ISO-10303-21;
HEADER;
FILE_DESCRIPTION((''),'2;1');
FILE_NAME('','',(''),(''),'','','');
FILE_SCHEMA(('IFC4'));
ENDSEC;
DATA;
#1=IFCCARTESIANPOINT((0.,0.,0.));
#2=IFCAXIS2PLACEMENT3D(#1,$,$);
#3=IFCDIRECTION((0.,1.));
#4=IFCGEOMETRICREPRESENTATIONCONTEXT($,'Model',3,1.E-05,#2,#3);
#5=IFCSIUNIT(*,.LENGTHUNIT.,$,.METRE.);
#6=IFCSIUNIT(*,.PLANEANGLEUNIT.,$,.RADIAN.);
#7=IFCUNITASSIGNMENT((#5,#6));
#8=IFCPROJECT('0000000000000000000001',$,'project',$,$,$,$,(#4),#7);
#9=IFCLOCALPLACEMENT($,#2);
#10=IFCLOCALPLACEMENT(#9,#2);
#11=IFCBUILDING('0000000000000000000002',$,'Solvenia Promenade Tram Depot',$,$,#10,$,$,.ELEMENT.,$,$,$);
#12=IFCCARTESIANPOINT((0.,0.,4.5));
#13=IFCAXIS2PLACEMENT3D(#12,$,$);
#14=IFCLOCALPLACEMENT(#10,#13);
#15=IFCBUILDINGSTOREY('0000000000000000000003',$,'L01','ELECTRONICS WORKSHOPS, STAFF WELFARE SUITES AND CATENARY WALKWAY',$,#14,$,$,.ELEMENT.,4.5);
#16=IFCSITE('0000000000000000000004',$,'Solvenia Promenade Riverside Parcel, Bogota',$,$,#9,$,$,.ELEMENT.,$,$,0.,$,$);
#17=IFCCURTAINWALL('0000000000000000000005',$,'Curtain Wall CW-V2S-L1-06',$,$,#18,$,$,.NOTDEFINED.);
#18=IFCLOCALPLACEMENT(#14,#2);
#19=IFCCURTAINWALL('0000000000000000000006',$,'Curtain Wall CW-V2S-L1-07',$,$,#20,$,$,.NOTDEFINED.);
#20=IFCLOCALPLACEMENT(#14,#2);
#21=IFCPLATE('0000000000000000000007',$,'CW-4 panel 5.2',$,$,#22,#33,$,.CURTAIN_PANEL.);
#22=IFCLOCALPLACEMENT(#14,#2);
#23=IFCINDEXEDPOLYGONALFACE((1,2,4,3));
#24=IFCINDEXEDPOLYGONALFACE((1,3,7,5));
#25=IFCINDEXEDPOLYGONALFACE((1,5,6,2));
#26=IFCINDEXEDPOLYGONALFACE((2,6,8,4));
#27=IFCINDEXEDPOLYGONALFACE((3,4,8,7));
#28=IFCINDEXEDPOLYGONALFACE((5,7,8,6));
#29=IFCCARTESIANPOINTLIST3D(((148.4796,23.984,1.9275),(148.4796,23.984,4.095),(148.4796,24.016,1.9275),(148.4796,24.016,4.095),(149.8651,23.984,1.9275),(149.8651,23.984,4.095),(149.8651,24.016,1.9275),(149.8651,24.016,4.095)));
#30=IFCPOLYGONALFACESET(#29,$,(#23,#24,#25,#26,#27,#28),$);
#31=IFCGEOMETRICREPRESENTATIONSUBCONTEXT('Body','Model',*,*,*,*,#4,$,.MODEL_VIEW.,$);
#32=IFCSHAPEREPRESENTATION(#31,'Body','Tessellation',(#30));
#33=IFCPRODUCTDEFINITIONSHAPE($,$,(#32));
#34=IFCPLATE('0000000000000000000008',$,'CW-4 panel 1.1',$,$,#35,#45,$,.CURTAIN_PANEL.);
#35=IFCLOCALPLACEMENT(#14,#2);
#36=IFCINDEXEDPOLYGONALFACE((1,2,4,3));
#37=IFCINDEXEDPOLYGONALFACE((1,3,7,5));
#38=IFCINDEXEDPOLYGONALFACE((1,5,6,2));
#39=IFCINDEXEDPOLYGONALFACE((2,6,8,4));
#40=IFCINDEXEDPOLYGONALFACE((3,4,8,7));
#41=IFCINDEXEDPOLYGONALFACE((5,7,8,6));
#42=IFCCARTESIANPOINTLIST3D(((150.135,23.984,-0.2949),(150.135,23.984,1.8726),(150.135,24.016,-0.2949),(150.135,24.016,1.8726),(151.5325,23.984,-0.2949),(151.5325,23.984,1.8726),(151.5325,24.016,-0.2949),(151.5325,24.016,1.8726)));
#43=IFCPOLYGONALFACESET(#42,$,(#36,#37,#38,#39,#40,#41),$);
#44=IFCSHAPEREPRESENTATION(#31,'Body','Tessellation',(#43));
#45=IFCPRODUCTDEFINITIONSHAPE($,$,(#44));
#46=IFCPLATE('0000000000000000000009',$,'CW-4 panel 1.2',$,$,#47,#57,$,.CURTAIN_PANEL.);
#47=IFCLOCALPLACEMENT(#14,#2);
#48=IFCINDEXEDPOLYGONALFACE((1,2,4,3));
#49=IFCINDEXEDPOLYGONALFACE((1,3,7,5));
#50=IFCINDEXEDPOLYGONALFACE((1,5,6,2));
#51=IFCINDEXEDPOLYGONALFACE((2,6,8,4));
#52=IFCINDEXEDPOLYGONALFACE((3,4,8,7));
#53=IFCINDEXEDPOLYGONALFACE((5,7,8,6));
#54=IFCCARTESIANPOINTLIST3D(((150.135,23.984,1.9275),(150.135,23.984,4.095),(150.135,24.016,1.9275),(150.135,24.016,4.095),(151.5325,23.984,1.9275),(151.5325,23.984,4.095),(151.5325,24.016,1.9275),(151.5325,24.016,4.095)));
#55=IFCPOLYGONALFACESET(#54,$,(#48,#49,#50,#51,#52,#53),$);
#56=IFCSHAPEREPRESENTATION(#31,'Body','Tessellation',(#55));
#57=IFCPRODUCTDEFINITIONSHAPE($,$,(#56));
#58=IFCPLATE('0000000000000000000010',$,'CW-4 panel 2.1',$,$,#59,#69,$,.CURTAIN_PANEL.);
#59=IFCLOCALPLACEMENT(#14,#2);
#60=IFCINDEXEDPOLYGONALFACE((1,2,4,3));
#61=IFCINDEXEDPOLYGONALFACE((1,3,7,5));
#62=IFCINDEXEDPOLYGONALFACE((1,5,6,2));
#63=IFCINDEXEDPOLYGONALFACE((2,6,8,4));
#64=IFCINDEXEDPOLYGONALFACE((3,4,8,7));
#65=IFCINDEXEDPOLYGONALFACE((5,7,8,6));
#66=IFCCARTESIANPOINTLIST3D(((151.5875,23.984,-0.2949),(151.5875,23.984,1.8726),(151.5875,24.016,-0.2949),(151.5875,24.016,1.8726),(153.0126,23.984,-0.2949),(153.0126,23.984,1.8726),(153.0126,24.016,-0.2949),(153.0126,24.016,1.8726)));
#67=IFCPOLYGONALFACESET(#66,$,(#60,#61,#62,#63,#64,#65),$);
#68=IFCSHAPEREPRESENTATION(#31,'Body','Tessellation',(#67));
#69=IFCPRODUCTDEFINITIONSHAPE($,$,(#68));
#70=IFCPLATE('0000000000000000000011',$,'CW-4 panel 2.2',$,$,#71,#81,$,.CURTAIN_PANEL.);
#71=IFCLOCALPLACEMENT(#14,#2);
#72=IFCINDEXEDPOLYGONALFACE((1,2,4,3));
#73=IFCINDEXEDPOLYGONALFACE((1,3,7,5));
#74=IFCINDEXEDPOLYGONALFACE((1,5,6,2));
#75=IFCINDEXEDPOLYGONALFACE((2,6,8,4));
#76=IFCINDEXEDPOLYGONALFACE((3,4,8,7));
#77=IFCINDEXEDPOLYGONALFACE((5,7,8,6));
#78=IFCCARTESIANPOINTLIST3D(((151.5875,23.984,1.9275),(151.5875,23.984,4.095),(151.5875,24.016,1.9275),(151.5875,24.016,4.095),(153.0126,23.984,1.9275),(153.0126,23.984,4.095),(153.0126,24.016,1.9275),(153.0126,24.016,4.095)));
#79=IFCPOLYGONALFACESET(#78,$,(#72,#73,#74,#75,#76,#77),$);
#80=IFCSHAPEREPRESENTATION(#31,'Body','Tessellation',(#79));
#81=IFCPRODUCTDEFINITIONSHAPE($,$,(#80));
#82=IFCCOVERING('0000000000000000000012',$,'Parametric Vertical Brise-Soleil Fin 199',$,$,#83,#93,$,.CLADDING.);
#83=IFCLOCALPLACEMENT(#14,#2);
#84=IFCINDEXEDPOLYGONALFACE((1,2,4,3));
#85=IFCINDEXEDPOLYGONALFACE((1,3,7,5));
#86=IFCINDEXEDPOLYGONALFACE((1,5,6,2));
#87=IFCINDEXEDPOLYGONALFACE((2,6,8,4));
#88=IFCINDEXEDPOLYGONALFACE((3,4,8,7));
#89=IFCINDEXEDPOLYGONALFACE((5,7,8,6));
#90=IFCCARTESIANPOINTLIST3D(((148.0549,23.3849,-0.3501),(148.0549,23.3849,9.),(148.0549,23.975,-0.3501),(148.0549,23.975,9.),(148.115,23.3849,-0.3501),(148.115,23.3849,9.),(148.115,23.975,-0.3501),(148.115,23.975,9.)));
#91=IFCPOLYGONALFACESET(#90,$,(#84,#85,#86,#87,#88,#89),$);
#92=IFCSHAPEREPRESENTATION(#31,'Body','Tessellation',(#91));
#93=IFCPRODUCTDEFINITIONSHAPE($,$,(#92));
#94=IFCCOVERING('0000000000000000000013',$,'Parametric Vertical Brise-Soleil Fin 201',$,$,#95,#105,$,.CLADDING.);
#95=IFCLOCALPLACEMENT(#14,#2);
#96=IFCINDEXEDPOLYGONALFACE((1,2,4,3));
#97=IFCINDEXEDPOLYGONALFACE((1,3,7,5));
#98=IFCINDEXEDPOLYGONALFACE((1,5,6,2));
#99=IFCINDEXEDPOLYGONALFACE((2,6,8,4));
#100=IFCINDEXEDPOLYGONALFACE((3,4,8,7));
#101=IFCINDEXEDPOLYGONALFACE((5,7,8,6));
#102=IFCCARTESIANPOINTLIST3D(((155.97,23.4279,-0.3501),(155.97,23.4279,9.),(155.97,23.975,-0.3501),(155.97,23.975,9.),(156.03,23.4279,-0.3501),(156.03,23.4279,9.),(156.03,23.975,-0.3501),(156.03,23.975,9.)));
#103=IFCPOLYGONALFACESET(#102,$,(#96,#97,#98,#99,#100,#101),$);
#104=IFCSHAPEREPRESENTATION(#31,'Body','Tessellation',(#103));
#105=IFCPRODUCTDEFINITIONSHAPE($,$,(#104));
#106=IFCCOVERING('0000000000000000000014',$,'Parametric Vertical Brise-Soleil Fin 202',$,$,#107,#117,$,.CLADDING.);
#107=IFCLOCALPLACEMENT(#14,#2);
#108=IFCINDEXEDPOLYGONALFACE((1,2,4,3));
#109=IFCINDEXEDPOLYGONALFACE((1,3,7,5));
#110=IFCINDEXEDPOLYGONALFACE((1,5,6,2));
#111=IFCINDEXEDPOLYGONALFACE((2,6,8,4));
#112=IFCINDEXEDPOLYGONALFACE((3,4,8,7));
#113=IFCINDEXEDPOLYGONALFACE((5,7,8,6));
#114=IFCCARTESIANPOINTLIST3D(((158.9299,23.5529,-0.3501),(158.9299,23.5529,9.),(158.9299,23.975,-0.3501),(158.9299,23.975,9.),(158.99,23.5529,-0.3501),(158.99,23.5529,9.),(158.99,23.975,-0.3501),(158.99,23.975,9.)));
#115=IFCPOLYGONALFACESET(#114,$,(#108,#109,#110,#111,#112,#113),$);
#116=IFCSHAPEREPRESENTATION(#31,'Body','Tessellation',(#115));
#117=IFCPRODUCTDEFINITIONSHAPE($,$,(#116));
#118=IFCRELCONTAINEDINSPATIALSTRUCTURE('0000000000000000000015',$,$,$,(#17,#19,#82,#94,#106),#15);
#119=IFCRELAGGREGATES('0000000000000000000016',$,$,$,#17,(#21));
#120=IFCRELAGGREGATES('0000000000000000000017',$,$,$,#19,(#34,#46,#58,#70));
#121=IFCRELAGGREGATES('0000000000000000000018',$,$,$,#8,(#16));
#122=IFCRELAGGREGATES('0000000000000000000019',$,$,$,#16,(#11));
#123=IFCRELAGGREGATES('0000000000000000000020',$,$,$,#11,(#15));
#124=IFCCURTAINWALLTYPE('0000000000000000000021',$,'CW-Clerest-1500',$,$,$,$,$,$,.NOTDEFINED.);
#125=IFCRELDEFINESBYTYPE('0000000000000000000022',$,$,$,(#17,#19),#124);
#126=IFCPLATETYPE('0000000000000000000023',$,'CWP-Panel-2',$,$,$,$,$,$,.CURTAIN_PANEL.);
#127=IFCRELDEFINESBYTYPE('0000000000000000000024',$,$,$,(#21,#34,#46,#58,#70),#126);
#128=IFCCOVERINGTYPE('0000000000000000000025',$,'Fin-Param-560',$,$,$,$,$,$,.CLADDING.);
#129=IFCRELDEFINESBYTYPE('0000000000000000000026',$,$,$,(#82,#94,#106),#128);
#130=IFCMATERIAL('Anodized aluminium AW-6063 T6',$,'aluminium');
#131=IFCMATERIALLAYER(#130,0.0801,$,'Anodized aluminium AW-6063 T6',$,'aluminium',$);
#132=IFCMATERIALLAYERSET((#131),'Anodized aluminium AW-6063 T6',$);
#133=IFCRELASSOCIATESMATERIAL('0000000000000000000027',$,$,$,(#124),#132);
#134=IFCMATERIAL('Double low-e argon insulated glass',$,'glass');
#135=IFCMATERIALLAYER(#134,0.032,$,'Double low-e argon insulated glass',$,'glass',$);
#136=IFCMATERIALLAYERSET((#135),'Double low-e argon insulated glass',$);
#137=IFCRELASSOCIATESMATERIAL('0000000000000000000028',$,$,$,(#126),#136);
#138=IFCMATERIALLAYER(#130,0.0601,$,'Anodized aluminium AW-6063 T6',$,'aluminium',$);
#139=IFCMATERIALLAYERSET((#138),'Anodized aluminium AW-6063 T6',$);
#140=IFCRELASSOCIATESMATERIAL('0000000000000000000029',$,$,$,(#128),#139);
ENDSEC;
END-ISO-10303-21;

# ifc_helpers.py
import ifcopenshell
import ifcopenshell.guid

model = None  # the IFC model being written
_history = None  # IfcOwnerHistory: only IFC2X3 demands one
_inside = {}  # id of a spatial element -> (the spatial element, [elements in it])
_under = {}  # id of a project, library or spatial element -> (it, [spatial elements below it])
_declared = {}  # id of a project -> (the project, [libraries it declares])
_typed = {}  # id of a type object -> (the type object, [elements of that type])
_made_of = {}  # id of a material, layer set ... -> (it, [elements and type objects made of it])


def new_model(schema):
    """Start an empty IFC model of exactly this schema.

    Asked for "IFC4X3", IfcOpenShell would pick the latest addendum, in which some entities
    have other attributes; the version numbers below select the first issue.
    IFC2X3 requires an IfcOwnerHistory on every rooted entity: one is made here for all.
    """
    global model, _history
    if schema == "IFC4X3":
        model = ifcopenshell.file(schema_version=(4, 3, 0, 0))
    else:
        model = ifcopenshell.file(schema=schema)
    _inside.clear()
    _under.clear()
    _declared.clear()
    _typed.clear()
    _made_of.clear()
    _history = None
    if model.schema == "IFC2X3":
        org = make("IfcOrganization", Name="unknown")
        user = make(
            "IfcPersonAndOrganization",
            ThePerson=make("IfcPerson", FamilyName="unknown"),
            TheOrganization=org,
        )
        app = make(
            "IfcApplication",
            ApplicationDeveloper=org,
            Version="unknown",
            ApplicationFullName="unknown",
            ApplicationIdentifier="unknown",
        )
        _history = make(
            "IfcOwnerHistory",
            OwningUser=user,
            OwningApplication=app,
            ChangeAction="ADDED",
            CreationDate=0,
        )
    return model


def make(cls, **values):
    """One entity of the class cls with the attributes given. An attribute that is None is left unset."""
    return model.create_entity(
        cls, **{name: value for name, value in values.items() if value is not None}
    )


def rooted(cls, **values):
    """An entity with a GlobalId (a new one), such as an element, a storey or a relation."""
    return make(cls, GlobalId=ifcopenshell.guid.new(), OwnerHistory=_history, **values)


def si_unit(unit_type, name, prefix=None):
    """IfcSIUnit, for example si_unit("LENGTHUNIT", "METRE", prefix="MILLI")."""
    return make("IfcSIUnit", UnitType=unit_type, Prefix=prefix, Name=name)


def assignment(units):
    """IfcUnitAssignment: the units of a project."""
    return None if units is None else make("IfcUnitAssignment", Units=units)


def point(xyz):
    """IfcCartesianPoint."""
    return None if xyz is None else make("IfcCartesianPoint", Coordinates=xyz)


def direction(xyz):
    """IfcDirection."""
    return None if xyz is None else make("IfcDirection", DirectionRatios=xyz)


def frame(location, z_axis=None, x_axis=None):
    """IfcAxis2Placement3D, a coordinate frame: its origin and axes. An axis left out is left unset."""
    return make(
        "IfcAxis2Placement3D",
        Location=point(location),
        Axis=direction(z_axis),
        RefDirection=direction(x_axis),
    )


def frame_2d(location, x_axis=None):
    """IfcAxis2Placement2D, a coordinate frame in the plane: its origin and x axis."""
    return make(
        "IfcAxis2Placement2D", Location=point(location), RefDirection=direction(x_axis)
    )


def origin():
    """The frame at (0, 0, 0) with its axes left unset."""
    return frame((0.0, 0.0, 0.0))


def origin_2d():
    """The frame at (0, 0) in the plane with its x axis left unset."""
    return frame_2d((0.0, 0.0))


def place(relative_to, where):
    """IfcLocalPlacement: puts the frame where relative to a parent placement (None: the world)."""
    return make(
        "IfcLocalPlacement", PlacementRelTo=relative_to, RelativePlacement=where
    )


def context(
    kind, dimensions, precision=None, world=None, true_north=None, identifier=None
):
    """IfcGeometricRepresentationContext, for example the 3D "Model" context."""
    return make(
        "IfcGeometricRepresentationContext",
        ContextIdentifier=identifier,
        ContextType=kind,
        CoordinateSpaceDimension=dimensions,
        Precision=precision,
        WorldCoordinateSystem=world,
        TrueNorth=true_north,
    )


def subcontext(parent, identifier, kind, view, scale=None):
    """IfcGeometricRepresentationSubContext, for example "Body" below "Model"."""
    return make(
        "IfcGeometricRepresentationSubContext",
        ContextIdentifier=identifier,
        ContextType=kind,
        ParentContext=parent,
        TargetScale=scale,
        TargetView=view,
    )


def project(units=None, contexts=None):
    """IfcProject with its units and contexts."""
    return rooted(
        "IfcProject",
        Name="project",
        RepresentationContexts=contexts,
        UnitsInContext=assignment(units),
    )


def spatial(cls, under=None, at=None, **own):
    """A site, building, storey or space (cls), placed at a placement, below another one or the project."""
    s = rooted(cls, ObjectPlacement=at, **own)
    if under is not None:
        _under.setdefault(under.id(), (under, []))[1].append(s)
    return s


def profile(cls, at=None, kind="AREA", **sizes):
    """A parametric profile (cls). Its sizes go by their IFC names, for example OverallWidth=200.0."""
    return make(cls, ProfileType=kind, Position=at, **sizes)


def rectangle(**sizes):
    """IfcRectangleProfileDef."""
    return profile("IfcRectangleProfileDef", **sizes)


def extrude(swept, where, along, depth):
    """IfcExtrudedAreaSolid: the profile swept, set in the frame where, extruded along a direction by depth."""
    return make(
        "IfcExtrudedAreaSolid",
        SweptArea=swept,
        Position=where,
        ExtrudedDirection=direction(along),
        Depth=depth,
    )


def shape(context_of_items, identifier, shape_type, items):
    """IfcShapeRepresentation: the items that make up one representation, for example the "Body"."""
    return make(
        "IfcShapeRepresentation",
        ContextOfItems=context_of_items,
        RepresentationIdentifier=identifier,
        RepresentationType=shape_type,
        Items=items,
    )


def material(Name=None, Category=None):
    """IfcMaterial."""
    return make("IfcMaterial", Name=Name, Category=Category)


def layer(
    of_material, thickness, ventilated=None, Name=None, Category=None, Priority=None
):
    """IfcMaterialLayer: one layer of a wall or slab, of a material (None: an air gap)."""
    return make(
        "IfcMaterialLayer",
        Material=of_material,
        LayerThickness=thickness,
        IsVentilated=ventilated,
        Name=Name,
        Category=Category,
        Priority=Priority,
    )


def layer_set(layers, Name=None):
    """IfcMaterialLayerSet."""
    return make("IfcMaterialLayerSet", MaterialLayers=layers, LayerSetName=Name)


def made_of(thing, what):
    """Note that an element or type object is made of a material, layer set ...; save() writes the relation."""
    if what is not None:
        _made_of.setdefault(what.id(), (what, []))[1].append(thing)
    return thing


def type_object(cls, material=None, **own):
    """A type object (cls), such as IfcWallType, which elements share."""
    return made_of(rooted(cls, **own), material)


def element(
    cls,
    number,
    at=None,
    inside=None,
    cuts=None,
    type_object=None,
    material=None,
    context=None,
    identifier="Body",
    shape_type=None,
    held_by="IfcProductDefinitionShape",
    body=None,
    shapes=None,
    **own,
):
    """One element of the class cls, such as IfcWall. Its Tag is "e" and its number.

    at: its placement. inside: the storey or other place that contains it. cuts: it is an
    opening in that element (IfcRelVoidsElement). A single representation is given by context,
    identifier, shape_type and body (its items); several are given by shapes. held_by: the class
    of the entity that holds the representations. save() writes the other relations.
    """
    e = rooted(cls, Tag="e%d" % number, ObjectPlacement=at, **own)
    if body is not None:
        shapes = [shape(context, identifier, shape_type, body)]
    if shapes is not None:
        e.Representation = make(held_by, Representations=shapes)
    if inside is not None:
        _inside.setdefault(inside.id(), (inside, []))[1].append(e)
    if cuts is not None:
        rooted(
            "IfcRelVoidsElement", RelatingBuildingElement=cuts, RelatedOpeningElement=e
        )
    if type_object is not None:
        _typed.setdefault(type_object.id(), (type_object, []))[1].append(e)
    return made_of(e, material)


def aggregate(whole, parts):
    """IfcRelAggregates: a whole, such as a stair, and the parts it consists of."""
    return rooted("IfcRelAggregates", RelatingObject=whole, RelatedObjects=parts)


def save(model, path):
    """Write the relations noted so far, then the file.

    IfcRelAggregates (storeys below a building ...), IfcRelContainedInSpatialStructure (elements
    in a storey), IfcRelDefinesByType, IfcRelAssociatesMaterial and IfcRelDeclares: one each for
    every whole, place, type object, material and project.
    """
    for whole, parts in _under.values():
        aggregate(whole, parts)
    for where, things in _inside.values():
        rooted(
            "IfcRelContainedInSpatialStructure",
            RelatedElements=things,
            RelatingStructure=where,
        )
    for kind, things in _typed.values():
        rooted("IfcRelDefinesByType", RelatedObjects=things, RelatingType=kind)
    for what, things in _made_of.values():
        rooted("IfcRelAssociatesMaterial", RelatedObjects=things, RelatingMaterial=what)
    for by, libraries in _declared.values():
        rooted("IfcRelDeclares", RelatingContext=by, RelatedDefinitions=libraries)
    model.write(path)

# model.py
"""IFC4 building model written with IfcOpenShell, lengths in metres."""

from ifc_helpers import new_model, si_unit, direction, frame, origin, origin_2d, place, context, subcontext, project, spatial, rectangle, extrude, material, layer, layer_set, type_object, element, aggregate, save


model = new_model("IFC4")

# Units and contexts
model_context = context("Model", 3, precision=1e-05, world=origin(), true_north=direction((0.0, 1.0)))
body_context = subcontext(model_context, "Body", "Model", "MODEL_VIEW")
ifc_project = project(units=[si_unit("LENGTHUNIT", "METRE"), si_unit("PLANEANGLEUNIT", "RADIAN")], contexts=[model_context])

# Site, building, storey
site_placement = place(None, origin())
site = spatial("IfcSite", under=ifc_project, at=site_placement, Name="Solvenia Promenade Riverside Parcel, Bogota", CompositionType="ELEMENT", RefElevation=0.0)
building_placement = place(site_placement, origin())
building = spatial("IfcBuilding", under=site, at=building_placement, Name="Solvenia Promenade Tram Depot", CompositionType="ELEMENT")
storey_placement = place(building_placement, frame((0.0, 0.0, 4.5)))
storey = spatial("IfcBuildingStorey", under=building, at=storey_placement, Name="L01", Description="ELECTRONICS WORKSHOPS, STAFF WELFARE SUITES AND CATENARY WALKWAY", CompositionType="ELEMENT", Elevation=4.5)

# Curtain walls
ifc_material_1 = material(Name="Anodized aluminium AW-6063 T6", Category="aluminium")
ifc_layer_1 = layer(ifc_material_1, 0.0801, Name="Anodized aluminium AW-6063 T6", Category="aluminium")
ifc_layer_set_1 = layer_set([ifc_layer_1], Name="Anodized aluminium AW-6063 T6")
curtain_wall_type = type_object("IfcCurtainWallType", Name="CW-Clerest-1500", PredefinedType="NOTDEFINED", material=ifc_layer_set_1)
curtain_wall_1_placement = place(storey_placement, origin())
curtain_wall_1 = element("IfcCurtainWall", 1, at=curtain_wall_1_placement, inside=storey, type_object=curtain_wall_type, Name="Curtain Wall CW-V2S-L1-06", PredefinedType="NOTDEFINED")
curtain_wall_2_placement = place(storey_placement, origin())
curtain_wall_2 = element("IfcCurtainWall", 2, at=curtain_wall_2_placement, inside=storey, type_object=curtain_wall_type, Name="Curtain Wall CW-V2S-L1-07", PredefinedType="NOTDEFINED")

# Plates
ifc_material_2 = material(Name="Double low-e argon insulated glass", Category="glass")
ifc_layer_2 = layer(ifc_material_2, 0.032, Name="Double low-e argon insulated glass", Category="glass")
ifc_layer_set_2 = layer_set([ifc_layer_2], Name="Double low-e argon insulated glass")
plate_type = type_object("IfcPlateType", Name="CWP-Panel-2", PredefinedType="CURTAIN_PANEL", material=ifc_layer_set_2)
plate_1_placement = place(storey_placement, frame((149.1724, 24.0, 1.9275), z_axis=(0.0, 0.0, 1.0), x_axis=(1.0, 0.0, 0.0)))
plate_1 = element("IfcPlate", 3, at=plate_1_placement, type_object=plate_type, Name="CW-4 panel 5.2", PredefinedType="CURTAIN_PANEL", context=body_context, shape_type="SweptSolid", body=[
    extrude(rectangle(XDim=1.3855, YDim=0.032, at=origin_2d()), origin(), (0.0, 0.0, 1.0), 2.1675),
])
aggregate(curtain_wall_1, [plate_1])
plate_2_placement = place(storey_placement, frame((150.8337, 24.0, -0.2949), z_axis=(0.0, 0.0, 1.0), x_axis=(1.0, 0.0, 0.0)))
plate_2 = element("IfcPlate", 4, at=plate_2_placement, type_object=plate_type, Name="CW-4 panel 1.1", PredefinedType="CURTAIN_PANEL", context=body_context, shape_type="SweptSolid", body=[
    extrude(rectangle(XDim=1.3975, YDim=0.032, at=origin_2d()), origin(), (0.0, 0.0, 1.0), 2.1675),
])
plate_3_placement = place(storey_placement, frame((150.8337, 24.0, 1.9275), z_axis=(0.0, 0.0, 1.0), x_axis=(1.0, 0.0, 0.0)))
plate_3 = element("IfcPlate", 5, at=plate_3_placement, type_object=plate_type, Name="CW-4 panel 1.2", PredefinedType="CURTAIN_PANEL", context=body_context, shape_type="SweptSolid", body=[
    extrude(rectangle(XDim=1.3975, YDim=0.032, at=origin_2d()), origin(), (0.0, 0.0, 1.0), 2.1675),
])
plate_4_placement = place(storey_placement, frame((152.3, 24.0, -0.2949), z_axis=(0.0, 0.0, 1.0), x_axis=(1.0, 0.0, 0.0)))
plate_4 = element("IfcPlate", 6, at=plate_4_placement, type_object=plate_type, Name="CW-4 panel 2.1", PredefinedType="CURTAIN_PANEL", context=body_context, shape_type="SweptSolid", body=[
    extrude(rectangle(XDim=1.425, YDim=0.032, at=origin_2d()), origin(), (0.0, 0.0, 1.0), 2.1675),
])
plate_5_placement = place(storey_placement, frame((152.3, 24.0, 1.9275), z_axis=(0.0, 0.0, 1.0), x_axis=(1.0, 0.0, 0.0)))
plate_5 = element("IfcPlate", 7, at=plate_5_placement, type_object=plate_type, Name="CW-4 panel 2.2", PredefinedType="CURTAIN_PANEL", context=body_context, shape_type="SweptSolid", body=[
    extrude(rectangle(XDim=1.425, YDim=0.032, at=origin_2d()), origin(), (0.0, 0.0, 1.0), 2.1675),
])
aggregate(curtain_wall_2, [plate_2, plate_3, plate_4, plate_5])

# Coverings
ifc_layer_3 = layer(ifc_material_1, 0.0601, Name="Anodized aluminium AW-6063 T6", Category="aluminium")
ifc_layer_set_3 = layer_set([ifc_layer_3], Name="Anodized aluminium AW-6063 T6")
covering_type = type_object("IfcCoveringType", Name="Fin-Param-560", PredefinedType="CLADDING", material=ifc_layer_set_3)
covering_1_placement = place(storey_placement, frame((148.085, 23.6799, -0.3501), z_axis=(0.0, 0.0, 1.0), x_axis=(1.0, 0.0, 0.0)))
element("IfcCovering", 8, at=covering_1_placement, inside=storey, type_object=covering_type, Name="Parametric Vertical Brise-Soleil Fin 199", PredefinedType="CLADDING", context=body_context, shape_type="SweptSolid", body=[
    extrude(rectangle(XDim=0.0601, YDim=0.5901, at=origin_2d()), origin(), (0.0, 0.0, 1.0), 9.3501),
])
covering_2_placement = place(storey_placement, frame((156.0, 23.7014, -0.3501), z_axis=(0.0, 0.0, 1.0), x_axis=(1.0, 0.0, 0.0)))
element("IfcCovering", 9, at=covering_2_placement, inside=storey, type_object=covering_type, Name="Parametric Vertical Brise-Soleil Fin 201", PredefinedType="CLADDING", context=body_context, shape_type="SweptSolid", body=[
    extrude(rectangle(XDim=0.0601, YDim=0.5471, at=origin_2d()), origin(), (0.0, 0.0, 1.0), 9.3501),
])
covering_3_placement = place(storey_placement, frame((158.96, 23.7639, -0.3501), z_axis=(0.0, 0.0, 1.0), x_axis=(1.0, 0.0, 0.0)))
element("IfcCovering", 10, at=covering_3_placement, inside=storey, type_object=covering_type, Name="Parametric Vertical Brise-Soleil Fin 202", PredefinedType="CLADDING", context=body_context, shape_type="SweptSolid", body=[
    extrude(rectangle(XDim=0.0601, YDim=0.4221, at=origin_2d()), origin(), (0.0, 0.0, 1.0), 9.3501),
])

save(model, "model.ifc")
